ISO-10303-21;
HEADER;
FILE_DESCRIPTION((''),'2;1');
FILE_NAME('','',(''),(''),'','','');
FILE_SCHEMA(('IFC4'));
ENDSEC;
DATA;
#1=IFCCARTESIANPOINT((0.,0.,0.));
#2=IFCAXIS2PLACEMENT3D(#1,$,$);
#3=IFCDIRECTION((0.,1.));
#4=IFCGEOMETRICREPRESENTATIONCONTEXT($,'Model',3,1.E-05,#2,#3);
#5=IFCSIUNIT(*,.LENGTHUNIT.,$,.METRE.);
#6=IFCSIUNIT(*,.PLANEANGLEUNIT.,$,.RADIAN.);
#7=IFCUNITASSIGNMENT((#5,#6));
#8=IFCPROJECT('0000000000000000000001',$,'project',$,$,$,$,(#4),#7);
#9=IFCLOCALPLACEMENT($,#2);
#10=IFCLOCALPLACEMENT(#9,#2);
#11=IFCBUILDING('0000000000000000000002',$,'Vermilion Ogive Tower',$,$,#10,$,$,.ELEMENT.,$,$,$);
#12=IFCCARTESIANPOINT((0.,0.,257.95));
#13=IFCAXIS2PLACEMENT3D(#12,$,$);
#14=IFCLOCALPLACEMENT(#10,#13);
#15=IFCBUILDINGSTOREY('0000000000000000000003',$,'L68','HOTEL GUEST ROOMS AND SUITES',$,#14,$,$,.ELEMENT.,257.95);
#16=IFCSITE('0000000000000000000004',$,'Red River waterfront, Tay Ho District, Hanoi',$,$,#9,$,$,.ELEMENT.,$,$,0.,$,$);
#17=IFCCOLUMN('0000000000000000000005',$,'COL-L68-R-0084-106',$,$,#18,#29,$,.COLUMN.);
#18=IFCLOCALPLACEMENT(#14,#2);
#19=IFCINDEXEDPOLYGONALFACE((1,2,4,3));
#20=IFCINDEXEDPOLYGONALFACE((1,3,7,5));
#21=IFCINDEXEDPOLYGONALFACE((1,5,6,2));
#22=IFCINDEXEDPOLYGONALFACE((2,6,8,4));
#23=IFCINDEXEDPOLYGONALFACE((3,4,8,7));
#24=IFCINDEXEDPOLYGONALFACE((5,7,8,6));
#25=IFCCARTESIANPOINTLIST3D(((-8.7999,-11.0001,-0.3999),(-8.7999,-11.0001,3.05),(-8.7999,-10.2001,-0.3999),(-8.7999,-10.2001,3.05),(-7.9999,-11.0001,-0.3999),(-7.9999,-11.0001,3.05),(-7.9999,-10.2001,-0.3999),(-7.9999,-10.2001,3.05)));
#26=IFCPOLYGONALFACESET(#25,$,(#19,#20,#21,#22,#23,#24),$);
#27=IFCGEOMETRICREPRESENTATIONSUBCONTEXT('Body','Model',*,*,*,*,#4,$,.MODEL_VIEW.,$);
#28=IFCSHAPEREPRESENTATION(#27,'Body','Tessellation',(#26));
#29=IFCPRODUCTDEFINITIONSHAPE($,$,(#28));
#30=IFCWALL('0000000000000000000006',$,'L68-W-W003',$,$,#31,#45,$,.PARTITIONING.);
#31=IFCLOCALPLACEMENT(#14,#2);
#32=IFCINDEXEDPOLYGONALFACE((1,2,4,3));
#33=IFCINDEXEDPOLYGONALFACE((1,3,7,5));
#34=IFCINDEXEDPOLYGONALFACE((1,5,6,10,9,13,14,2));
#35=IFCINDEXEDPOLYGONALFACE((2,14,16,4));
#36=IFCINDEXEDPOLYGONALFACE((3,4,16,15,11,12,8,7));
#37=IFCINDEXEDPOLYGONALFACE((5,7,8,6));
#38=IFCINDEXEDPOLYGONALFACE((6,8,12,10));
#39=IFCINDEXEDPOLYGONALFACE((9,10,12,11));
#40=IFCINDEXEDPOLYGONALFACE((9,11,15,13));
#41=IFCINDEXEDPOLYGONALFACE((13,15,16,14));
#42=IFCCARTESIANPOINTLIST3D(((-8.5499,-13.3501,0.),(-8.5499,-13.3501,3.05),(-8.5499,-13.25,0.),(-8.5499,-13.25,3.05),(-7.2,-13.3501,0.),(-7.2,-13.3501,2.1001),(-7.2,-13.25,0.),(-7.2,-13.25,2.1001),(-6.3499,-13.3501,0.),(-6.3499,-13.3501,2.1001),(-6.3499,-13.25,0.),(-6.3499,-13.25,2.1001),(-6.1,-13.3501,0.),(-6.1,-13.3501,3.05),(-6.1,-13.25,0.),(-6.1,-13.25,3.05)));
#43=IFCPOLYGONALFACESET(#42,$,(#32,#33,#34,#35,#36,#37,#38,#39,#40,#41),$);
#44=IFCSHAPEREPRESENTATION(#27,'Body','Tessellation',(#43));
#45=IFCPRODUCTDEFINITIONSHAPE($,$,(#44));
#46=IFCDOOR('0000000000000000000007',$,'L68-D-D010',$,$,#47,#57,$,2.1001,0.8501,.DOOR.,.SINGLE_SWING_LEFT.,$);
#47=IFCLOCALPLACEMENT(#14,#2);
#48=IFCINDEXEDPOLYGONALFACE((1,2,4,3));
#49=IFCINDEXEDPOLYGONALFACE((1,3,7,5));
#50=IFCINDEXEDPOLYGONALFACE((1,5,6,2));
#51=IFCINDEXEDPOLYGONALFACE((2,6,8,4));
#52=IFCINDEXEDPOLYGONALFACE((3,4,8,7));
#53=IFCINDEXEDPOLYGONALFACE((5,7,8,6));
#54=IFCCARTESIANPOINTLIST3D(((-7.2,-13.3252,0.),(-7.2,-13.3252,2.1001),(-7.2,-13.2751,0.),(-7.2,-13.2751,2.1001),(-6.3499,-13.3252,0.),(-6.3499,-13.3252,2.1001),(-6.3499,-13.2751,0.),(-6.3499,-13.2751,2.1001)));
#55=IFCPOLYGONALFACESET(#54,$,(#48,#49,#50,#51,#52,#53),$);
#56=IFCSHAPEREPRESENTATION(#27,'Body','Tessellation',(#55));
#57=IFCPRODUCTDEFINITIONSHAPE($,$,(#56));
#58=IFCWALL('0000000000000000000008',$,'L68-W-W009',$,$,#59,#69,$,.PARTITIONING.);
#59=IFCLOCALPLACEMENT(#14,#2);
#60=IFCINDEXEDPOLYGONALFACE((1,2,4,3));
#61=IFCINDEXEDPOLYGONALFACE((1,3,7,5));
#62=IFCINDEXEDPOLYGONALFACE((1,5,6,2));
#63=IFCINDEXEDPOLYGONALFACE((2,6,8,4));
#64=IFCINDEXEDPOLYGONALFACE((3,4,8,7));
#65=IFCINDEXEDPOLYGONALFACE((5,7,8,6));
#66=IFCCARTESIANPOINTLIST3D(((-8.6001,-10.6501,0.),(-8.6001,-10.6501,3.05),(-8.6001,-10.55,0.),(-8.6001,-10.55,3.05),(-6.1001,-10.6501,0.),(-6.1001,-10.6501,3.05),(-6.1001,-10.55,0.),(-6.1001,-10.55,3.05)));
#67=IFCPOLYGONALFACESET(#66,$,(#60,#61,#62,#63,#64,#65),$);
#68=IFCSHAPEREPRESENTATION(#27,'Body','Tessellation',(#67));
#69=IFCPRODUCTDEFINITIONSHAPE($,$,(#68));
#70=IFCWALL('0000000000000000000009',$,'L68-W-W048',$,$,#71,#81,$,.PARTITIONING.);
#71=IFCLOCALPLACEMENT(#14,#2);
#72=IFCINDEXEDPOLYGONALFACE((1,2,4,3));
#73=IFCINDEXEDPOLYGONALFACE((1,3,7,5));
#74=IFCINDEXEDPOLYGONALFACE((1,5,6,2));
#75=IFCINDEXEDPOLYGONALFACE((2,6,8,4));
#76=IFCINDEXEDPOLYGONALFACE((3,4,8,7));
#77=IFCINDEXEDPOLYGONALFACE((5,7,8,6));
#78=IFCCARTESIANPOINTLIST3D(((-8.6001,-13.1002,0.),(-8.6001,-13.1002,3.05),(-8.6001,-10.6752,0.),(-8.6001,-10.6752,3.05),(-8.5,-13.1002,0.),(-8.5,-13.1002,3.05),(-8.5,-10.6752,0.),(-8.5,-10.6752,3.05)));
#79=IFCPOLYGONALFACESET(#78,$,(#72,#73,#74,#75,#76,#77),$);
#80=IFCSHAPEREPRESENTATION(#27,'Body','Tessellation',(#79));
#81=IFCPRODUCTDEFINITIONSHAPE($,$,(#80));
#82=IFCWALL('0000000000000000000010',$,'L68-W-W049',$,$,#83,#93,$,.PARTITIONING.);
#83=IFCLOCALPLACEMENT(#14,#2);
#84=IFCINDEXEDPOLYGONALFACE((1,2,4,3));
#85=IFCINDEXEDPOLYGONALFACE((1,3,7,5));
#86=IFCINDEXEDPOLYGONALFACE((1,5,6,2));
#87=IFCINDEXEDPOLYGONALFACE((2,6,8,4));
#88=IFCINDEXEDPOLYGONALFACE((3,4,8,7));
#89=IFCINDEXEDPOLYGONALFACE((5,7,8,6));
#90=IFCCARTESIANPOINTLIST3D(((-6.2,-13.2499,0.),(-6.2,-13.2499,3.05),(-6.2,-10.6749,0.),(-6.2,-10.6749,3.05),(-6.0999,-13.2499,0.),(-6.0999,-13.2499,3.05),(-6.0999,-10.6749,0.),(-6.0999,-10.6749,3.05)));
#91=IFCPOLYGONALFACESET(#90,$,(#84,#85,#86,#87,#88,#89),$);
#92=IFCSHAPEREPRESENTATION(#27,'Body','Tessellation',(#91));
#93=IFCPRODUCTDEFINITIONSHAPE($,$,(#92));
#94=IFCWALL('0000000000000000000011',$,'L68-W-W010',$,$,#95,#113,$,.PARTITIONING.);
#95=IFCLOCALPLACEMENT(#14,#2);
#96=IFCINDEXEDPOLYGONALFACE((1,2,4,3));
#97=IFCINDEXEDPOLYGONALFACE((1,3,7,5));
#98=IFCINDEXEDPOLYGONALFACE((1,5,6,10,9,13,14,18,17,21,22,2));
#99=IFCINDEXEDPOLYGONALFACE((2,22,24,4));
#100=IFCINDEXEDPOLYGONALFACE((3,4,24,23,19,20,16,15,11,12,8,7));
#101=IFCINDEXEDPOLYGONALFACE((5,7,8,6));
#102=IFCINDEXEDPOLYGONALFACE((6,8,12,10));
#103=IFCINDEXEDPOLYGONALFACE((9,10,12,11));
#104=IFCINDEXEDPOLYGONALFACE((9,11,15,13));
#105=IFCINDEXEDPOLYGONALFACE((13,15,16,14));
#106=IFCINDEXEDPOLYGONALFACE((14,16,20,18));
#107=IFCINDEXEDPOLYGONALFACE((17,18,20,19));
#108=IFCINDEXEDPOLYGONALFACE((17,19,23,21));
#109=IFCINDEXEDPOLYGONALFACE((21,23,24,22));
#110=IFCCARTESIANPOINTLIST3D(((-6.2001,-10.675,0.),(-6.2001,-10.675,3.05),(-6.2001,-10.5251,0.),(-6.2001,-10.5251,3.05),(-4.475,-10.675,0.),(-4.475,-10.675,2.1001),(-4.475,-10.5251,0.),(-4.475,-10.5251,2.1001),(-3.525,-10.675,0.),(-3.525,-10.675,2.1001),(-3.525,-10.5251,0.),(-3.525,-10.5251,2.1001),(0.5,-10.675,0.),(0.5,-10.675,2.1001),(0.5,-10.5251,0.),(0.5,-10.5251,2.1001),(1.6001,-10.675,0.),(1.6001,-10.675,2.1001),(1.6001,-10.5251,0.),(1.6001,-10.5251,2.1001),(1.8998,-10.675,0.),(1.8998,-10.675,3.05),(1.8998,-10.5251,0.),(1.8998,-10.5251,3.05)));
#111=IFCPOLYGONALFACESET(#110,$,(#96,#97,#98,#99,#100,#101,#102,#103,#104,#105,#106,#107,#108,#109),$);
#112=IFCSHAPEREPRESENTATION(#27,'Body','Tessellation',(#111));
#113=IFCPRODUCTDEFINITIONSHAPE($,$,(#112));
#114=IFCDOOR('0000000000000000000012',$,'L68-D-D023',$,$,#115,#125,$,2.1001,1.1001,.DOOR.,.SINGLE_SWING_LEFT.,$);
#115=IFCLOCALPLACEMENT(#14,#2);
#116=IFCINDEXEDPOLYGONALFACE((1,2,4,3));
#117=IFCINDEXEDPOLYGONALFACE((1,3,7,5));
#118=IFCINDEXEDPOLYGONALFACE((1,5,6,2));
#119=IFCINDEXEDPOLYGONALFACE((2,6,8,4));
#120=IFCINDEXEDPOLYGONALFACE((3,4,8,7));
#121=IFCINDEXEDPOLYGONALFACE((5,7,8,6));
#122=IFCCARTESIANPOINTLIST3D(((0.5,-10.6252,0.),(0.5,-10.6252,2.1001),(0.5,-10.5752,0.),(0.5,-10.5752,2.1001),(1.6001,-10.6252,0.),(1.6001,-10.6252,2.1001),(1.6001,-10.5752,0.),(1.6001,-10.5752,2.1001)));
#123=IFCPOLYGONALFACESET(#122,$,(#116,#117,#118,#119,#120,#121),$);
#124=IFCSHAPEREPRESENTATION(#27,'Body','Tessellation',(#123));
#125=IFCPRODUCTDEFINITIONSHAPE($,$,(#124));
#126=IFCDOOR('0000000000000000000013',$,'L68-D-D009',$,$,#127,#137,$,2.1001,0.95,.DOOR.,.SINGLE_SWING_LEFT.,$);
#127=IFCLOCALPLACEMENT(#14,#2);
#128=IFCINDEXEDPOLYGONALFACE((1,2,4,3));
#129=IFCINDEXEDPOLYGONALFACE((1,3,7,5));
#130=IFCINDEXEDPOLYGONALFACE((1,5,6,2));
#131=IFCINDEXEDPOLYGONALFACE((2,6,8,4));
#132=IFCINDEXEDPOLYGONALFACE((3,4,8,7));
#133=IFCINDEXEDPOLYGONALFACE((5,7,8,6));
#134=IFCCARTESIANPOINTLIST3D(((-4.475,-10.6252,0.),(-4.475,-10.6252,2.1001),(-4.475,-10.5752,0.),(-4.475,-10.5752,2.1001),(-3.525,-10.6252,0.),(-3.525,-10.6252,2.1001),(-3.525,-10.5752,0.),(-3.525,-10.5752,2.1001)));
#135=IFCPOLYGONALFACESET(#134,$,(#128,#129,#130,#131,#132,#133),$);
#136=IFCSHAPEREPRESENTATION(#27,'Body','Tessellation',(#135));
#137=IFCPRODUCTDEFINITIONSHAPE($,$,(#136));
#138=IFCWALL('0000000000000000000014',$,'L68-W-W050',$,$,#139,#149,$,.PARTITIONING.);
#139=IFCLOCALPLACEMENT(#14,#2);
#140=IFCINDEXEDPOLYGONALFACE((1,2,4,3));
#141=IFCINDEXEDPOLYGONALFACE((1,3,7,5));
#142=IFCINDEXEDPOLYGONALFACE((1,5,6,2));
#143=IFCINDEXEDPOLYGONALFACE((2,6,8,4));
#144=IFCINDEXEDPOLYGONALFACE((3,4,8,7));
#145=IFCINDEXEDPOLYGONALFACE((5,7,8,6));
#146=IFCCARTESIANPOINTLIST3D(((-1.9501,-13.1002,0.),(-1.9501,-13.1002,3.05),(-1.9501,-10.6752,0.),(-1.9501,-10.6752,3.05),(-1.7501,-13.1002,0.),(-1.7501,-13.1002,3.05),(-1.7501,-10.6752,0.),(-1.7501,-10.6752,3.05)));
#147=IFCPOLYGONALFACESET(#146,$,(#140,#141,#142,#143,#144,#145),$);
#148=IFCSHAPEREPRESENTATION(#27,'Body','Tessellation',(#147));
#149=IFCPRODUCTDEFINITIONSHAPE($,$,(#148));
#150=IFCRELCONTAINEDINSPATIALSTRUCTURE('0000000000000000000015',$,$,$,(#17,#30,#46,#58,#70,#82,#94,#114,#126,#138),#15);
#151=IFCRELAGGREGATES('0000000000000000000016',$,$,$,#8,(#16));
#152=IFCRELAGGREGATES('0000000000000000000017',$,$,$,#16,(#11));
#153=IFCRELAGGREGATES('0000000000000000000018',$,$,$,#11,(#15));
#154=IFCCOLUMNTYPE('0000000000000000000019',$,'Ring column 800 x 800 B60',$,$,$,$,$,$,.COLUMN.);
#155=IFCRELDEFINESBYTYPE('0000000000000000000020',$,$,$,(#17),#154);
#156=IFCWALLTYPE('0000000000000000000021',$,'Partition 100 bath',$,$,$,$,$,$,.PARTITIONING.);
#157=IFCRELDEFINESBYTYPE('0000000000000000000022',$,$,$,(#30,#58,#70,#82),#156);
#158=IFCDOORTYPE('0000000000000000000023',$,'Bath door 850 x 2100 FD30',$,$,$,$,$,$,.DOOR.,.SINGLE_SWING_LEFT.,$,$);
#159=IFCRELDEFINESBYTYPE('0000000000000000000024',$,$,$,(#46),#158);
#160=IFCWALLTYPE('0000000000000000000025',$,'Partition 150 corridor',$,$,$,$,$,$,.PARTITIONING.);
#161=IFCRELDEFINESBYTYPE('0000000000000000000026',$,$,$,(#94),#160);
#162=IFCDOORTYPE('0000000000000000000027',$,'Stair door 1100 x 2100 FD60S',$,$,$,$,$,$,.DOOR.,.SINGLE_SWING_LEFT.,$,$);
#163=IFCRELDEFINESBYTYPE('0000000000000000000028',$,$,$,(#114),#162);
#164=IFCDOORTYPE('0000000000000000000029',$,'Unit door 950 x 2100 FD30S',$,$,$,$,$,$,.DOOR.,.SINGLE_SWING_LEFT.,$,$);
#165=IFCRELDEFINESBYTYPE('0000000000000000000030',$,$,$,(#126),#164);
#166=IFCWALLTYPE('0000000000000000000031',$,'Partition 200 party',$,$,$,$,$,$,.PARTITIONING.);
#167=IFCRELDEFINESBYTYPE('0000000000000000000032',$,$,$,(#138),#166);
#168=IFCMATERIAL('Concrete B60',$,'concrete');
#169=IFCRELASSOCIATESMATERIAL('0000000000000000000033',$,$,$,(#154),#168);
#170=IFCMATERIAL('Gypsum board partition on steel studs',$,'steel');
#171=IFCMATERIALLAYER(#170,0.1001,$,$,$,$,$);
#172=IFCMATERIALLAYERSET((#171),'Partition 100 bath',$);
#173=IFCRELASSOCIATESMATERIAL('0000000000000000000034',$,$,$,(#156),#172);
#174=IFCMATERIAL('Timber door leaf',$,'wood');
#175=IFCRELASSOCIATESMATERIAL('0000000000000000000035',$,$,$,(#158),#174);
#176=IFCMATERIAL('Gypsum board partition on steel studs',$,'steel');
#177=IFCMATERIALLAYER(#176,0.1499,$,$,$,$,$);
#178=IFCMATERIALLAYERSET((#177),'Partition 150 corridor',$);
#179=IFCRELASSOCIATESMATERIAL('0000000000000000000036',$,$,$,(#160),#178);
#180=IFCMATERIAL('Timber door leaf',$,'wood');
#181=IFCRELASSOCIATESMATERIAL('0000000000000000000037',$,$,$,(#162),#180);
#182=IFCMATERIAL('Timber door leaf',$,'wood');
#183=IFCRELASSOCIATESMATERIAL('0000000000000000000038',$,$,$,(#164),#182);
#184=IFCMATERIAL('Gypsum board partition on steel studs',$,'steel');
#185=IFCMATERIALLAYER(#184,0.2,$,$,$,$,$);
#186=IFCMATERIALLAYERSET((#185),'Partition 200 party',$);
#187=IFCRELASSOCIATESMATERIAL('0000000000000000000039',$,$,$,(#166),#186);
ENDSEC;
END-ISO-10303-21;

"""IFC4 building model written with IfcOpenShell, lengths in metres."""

from ifc_helpers import new_model, si_unit, direction, frame, frame_2d, origin, origin_2d, place, context, subcontext, project, spatial, rectangle, extrude, material, layer, layer_set, material_profile, profile_set, type_object, element, fill, save


model = new_model("IFC4")

# Units and contexts
model_context = context("Model", 3, precision=1e-05, world=origin(), true_north=direction((0.0, 1.0)))
body_context = subcontext(model_context, "Body", "Model", "MODEL_VIEW")
ifc_project = project(units=[si_unit("LENGTHUNIT", "METRE"), si_unit("PLANEANGLEUNIT", "RADIAN")], contexts=[model_context])

# Site, building, storey
site_placement = place(None, origin())
site = spatial("IfcSite", under=ifc_project, at=site_placement, Name="Red River waterfront, Tay Ho District, Hanoi", CompositionType="ELEMENT", RefElevation=0.0)
building_placement = place(site_placement, origin())
building = spatial("IfcBuilding", under=site, at=building_placement, Name="Vermilion Ogive Tower", CompositionType="ELEMENT")
storey_placement = place(building_placement, frame((0.0, 0.0, 257.95)))
storey = spatial("IfcBuildingStorey", under=building, at=storey_placement, Name="L68", Description="HOTEL GUEST ROOMS AND SUITES", CompositionType="ELEMENT", Elevation=257.95)

# Column
ifc_material_1 = material(Name="Concrete B60", Category="concrete")
ifc_material_profile = material_profile(ifc_material_1, rectangle(XDim=0.8, YDim=0.8, at=origin_2d()), Name="800 x 800")
ifc_profile_set = profile_set([ifc_material_profile], Name="Concrete B60")
column_type = type_object("IfcColumnType", Name="Ring column 800 x 800 B60", PredefinedType="COLUMN", material=ifc_profile_set)
column_placement = place(storey_placement, frame((-8.3999, -10.6001, -0.3999), z_axis=(0.0, 0.0, 1.0), x_axis=(1.0, 0.0, 0.0)))
element("IfcColumn", 1, at=column_placement, inside=storey, type_object=column_type, Name="COL-L68-R-0084-106", PredefinedType="COLUMN", context=body_context, shape_type="SweptSolid", body=[
    extrude(rectangle(XDim=0.8, YDim=0.8, at=origin_2d()), origin(), (0.0, 0.0, 1.0), 3.45),
])

# Wall, opening, door
ifc_material_2 = material(Name="Gypsum board partition on steel studs", Category="steel")
ifc_layer_1 = layer(ifc_material_2, 0.1001)
ifc_layer_set_1 = layer_set([ifc_layer_1], Name="Partition 100 bath")
wall_type_1 = type_object("IfcWallType", Name="Partition 100 bath", PredefinedType="PARTITIONING", material=ifc_layer_set_1)
wall_1_placement = place(storey_placement, frame((-8.55, -13.3, 0.0), z_axis=(0.0, 0.0, 1.0), x_axis=(1.0, 0.0, 0.0)))
wall_1 = element("IfcWall", 2, at=wall_1_placement, inside=storey, type_object=wall_type_1, Name="L68-W-W003", PredefinedType="PARTITIONING", context=body_context, shape_type="SweptSolid", body=[
    extrude(rectangle(XDim=2.45, YDim=0.1001, at=frame_2d((1.2251, 0.0))), origin(), (0.0, 0.0, 1.0), 3.05),
])
opening_1_placement = place(wall_1_placement, frame((1.3501, 0.0, 0.0)))
opening_1 = element("IfcOpeningElement", 3, at=opening_1_placement, cuts=wall_1, PredefinedType="OPENING", context=body_context, shape_type="SweptSolid", body=[
    extrude(rectangle(XDim=0.8501, YDim=2.1001, at=frame_2d((0.425, 1.05))), frame((0.0, 0.0601, 0.0), z_axis=(0.0, -1.0, 0.0), x_axis=(1.0, 0.0, 0.0)), (0.0, 0.0, 1.0), 0.1201),
])
ifc_material_3 = material(Name="Timber door leaf", Category="wood")
door_type_1 = type_object("IfcDoorType", Name="Bath door 850 x 2100 FD30", OperationType="SINGLE_SWING_LEFT", PredefinedType="DOOR", material=ifc_material_3)
door_1_placement = place(opening_1_placement, origin())
door_1 = element("IfcDoor", 4, at=door_1_placement, inside=storey, type_object=door_type_1, Name="L68-D-D010", OperationType="SINGLE_SWING_LEFT", OverallHeight=2.1001, OverallWidth=0.8501, PredefinedType="DOOR", context=body_context, shape_type="SweptSolid", body=[
    extrude(rectangle(XDim=0.8501, YDim=2.1001, at=frame_2d((0.425, 1.05))), frame((0.0, 0.0249, 0.0), z_axis=(0.0, -1.0, 0.0), x_axis=(1.0, 0.0, 0.0)), (0.0, 0.0, 1.0), 0.05),
])
fill(opening_1, door_1)

# Walls
wall_2_placement = place(storey_placement, frame((-8.6001, -10.6001, 0.0), z_axis=(0.0, 0.0, 1.0), x_axis=(1.0, 0.0, 0.0)))
element("IfcWall", 5, at=wall_2_placement, inside=storey, type_object=wall_type_1, Name="L68-W-W009", PredefinedType="PARTITIONING", context=body_context, shape_type="SweptSolid", body=[
    extrude(rectangle(XDim=2.5, YDim=0.1001, at=frame_2d((1.25, 0.0))), origin(), (0.0, 0.0, 1.0), 3.05),
])
wall_3_placement = place(storey_placement, frame((-8.55, -13.1001, 0.0), z_axis=(0.0, 0.0, 1.0), x_axis=(0.0, 1.0, 0.0)))
element("IfcWall", 6, at=wall_3_placement, inside=storey, type_object=wall_type_1, Name="L68-W-W048", PredefinedType="PARTITIONING", context=body_context, shape_type="SweptSolid", body=[
    extrude(rectangle(XDim=2.425, YDim=0.1001, at=frame_2d((1.2124, 0.0))), origin(), (0.0, 0.0, 1.0), 3.05),
])
wall_4_placement = place(storey_placement, frame((-6.1499, -13.25, 0.0), z_axis=(0.0, 0.0, 1.0), x_axis=(0.0, 1.0, 0.0)))
element("IfcWall", 7, at=wall_4_placement, inside=storey, type_object=wall_type_1, Name="L68-W-W049", PredefinedType="PARTITIONING", context=body_context, shape_type="SweptSolid", body=[
    extrude(rectangle(XDim=2.575, YDim=0.1001, at=frame_2d((1.2876, 0.0))), origin(), (0.0, 0.0, 1.0), 3.05),
])

# Wall, openings, doors
ifc_material_4 = material(Name="Gypsum board partition on steel studs", Category="steel")
ifc_layer_2 = layer(ifc_material_4, 0.1499)
ifc_layer_set_2 = layer_set([ifc_layer_2], Name="Partition 150 corridor")
wall_type_2 = type_object("IfcWallType", Name="Partition 150 corridor", PredefinedType="PARTITIONING", material=ifc_layer_set_2)
wall_5_placement = place(storey_placement, frame((-6.2, -10.6001, 0.0), z_axis=(0.0, 0.0, 1.0), x_axis=(1.0, 0.0, 0.0)))
wall_5 = element("IfcWall", 8, at=wall_5_placement, inside=storey, type_object=wall_type_2, Name="L68-W-W010", PredefinedType="PARTITIONING", context=body_context, shape_type="SweptSolid", body=[
    extrude(rectangle(XDim=8.0999, YDim=0.1499, at=frame_2d((4.0498, 0.0))), origin(), (0.0, 0.0, 1.0), 3.05),
])
opening_2_placement = place(wall_5_placement, frame((1.7249, 0.0, 0.0)))
opening_2 = element("IfcOpeningElement", 9, at=opening_2_placement, cuts=wall_5, PredefinedType="OPENING", context=body_context, shape_type="SweptSolid", body=[
    extrude(rectangle(XDim=0.95, YDim=2.1001, at=frame_2d((0.4751, 1.05))), frame((0.0, 0.085, 0.0), z_axis=(0.0, -1.0, 0.0), x_axis=(1.0, 0.0, 0.0)), (0.0, 0.0, 1.0), 0.1699),
])
opening_3_placement = place(wall_5_placement, frame((6.7, 0.0, 0.0)))
opening_3 = element("IfcOpeningElement", 10, at=opening_3_placement, cuts=wall_5, PredefinedType="OPENING", context=body_context, shape_type="SweptSolid", body=[
    extrude(rectangle(XDim=1.1001, YDim=2.1001, at=frame_2d((0.55, 1.05))), frame((0.0, 0.085, 0.0), z_axis=(0.0, -1.0, 0.0), x_axis=(1.0, 0.0, 0.0)), (0.0, 0.0, 1.0), 0.1699),
])
ifc_material_5 = material(Name="Timber door leaf", Category="wood")
door_type_2 = type_object("IfcDoorType", Name="Stair door 1100 x 2100 FD60S", OperationType="SINGLE_SWING_LEFT", PredefinedType="DOOR", material=ifc_material_5)
door_2_placement = place(opening_3_placement, origin())
door_2 = element("IfcDoor", 11, at=door_2_placement, inside=storey, type_object=door_type_2, Name="L68-D-D023", OperationType="SINGLE_SWING_LEFT", OverallHeight=2.1001, OverallWidth=1.1001, PredefinedType="DOOR", context=body_context, shape_type="SweptSolid", body=[
    extrude(rectangle(XDim=1.1001, YDim=2.1001, at=frame_2d((0.55, 1.05))), frame((0.0, 0.0249, 0.0), z_axis=(0.0, -1.0, 0.0), x_axis=(1.0, 0.0, 0.0)), (0.0, 0.0, 1.0), 0.05),
])
fill(opening_3, door_2)
ifc_material_6 = material(Name="Timber door leaf", Category="wood")
door_type_3 = type_object("IfcDoorType", Name="Unit door 950 x 2100 FD30S", OperationType="SINGLE_SWING_LEFT", PredefinedType="DOOR", material=ifc_material_6)
door_3_placement = place(opening_2_placement, origin())
door_3 = element("IfcDoor", 12, at=door_3_placement, inside=storey, type_object=door_type_3, Name="L68-D-D009", OperationType="SINGLE_SWING_LEFT", OverallHeight=2.1001, OverallWidth=0.95, PredefinedType="DOOR", context=body_context, shape_type="SweptSolid", body=[
    extrude(rectangle(XDim=0.95, YDim=2.1001, at=frame_2d((0.4751, 1.05))), frame((0.0, 0.0249, 0.0), z_axis=(0.0, -1.0, 0.0), x_axis=(1.0, 0.0, 0.0)), (0.0, 0.0, 1.0), 0.05),
])
fill(opening_2, door_3)

# Wall
ifc_material_7 = material(Name="Gypsum board partition on steel studs", Category="steel")
ifc_layer_3 = layer(ifc_material_7, 0.2)
ifc_layer_set_3 = layer_set([ifc_layer_3], Name="Partition 200 party")
wall_type_3 = type_object("IfcWallType", Name="Partition 200 party", PredefinedType="PARTITIONING", material=ifc_layer_set_3)
wall_6_placement = place(storey_placement, frame((-1.8501, -13.1001, 0.0), z_axis=(0.0, 0.0, 1.0), x_axis=(0.0, 1.0, 0.0)))
element("IfcWall", 13, at=wall_6_placement, inside=storey, type_object=wall_type_3, Name="L68-W-W050", PredefinedType="PARTITIONING", context=body_context, shape_type="SweptSolid", body=[
    extrude(rectangle(XDim=2.425, YDim=0.2, at=frame_2d((1.2124, 0.0))), origin(), (0.0, 0.0, 1.0), 3.05),
])

save(model, "model.ifc")
